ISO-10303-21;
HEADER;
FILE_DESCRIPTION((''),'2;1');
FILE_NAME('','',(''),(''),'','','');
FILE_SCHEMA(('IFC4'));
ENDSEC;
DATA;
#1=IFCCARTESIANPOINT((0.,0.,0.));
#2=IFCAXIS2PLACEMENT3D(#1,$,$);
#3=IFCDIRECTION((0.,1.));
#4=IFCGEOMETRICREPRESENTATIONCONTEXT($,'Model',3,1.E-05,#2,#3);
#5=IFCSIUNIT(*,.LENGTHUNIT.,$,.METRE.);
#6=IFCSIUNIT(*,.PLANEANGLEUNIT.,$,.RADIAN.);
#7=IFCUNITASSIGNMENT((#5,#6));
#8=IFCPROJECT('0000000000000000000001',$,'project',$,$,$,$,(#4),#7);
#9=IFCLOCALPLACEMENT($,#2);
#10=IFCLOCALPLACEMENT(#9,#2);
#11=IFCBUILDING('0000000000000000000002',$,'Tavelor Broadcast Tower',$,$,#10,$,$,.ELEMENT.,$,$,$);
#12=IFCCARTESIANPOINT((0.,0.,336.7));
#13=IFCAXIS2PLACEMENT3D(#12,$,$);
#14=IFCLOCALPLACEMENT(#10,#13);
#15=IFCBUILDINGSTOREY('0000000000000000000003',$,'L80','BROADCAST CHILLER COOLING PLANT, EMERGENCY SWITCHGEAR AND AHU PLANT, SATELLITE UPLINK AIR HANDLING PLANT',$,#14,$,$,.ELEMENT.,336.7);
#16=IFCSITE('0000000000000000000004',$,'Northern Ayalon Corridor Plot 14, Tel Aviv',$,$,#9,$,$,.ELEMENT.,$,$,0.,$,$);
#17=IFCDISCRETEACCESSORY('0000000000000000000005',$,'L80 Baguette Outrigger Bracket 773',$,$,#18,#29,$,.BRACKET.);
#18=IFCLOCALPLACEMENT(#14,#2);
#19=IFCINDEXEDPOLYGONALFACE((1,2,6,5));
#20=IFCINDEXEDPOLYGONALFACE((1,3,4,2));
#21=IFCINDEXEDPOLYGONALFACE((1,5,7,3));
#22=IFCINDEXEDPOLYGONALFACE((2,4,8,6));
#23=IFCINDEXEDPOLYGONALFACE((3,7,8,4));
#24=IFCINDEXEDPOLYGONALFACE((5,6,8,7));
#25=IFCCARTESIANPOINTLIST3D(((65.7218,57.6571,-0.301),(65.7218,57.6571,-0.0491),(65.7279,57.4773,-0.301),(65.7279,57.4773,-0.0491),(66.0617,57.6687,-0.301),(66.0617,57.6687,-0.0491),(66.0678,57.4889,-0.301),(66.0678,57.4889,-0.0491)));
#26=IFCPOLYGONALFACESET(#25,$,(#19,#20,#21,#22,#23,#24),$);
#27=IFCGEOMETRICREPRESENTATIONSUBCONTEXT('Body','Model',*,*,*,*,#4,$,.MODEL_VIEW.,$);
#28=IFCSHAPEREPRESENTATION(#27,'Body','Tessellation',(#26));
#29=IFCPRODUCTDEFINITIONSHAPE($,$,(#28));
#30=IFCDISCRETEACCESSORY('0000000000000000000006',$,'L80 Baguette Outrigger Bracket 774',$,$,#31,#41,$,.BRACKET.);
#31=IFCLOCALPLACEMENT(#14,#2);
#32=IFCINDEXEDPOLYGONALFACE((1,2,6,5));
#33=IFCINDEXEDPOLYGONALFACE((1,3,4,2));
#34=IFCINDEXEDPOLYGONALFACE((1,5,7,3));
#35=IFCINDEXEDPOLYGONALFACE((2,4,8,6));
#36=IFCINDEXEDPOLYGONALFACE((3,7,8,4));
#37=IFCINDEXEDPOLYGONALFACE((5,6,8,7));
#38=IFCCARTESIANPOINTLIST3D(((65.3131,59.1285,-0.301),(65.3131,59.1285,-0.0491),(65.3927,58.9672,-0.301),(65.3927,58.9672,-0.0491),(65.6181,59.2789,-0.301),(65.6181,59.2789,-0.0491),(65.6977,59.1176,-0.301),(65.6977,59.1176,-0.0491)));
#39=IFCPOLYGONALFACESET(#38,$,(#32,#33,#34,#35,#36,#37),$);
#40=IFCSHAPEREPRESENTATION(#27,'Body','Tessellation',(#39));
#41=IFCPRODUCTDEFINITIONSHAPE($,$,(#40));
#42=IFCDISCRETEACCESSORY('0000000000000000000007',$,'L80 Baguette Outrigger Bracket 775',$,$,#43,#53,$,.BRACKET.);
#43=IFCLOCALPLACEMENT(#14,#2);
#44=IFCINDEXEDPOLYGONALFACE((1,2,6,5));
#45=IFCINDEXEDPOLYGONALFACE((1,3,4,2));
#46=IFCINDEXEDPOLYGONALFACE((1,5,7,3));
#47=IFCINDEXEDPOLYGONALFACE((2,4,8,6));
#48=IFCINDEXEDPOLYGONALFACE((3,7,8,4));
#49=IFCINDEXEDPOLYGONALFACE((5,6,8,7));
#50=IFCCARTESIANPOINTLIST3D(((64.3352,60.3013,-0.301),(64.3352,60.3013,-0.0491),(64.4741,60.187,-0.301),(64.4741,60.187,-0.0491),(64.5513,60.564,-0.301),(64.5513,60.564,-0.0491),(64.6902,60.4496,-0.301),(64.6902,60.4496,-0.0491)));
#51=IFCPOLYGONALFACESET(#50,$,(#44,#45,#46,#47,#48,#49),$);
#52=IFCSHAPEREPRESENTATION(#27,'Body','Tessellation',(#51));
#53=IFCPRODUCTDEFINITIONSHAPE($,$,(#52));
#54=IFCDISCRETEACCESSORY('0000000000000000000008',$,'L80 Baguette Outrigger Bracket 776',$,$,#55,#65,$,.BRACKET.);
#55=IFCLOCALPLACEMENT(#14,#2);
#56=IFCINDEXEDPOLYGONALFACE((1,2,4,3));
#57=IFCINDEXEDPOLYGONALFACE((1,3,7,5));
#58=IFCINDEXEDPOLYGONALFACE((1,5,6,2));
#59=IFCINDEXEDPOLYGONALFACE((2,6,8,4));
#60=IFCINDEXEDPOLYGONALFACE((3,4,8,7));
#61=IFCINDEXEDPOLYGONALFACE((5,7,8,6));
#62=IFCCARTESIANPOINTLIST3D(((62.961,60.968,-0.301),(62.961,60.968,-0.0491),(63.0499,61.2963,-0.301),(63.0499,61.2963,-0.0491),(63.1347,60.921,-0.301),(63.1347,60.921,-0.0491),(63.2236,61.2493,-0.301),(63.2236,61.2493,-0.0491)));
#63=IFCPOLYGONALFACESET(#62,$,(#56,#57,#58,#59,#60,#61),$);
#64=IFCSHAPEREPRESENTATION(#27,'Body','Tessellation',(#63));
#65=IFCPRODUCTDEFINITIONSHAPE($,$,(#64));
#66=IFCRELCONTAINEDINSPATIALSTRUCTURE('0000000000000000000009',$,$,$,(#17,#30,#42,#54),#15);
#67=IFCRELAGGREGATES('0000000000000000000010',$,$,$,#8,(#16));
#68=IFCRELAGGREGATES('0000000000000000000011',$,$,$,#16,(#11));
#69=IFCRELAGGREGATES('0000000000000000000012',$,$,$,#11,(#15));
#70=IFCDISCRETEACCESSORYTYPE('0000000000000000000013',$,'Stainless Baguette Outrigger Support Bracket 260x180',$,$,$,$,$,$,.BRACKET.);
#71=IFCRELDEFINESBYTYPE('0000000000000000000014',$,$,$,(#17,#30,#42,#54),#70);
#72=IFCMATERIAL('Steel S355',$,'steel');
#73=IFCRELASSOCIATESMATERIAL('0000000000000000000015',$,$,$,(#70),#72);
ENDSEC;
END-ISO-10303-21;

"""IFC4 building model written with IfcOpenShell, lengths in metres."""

from ifc_helpers import new_model, si_unit, direction, frame, origin, origin_2d, place, context, subcontext, project, spatial, rectangle, extrude, source, transform, mapped, material, type_object, type_shapes, element, save


model = new_model("IFC4")

# Units and contexts
model_context = context("Model", 3, precision=1e-05, world=origin(), true_north=direction((0.0, 1.0)))
body_context = subcontext(model_context, "Body", "Model", "MODEL_VIEW")
ifc_project = project(units=[si_unit("LENGTHUNIT", "METRE"), si_unit("PLANEANGLEUNIT", "RADIAN")], contexts=[model_context])

# Site, building, storey
site_placement = place(None, origin())
site = spatial("IfcSite", under=ifc_project, at=site_placement, Name="Northern Ayalon Corridor Plot 14, Tel Aviv", CompositionType="ELEMENT", RefElevation=0.0)
building_placement = place(site_placement, origin())
building = spatial("IfcBuilding", under=site, at=building_placement, Name="Tavelor Broadcast Tower", CompositionType="ELEMENT")
storey_placement = place(building_placement, frame((0.0, 0.0, 336.7)))
storey = spatial("IfcBuildingStorey", under=building, at=storey_placement, Name="L80", Description="BROADCAST CHILLER COOLING PLANT, EMERGENCY SWITCHGEAR AND AHU PLANT, SATELLITE UPLINK AIR HANDLING PLANT", CompositionType="ELEMENT", Elevation=336.7)

# Discrete accessories
ifc_material_1 = material(Name="Steel S355", Category="steel")
discrete_accessory_type = type_object("IfcDiscreteAccessoryType", Name="Stainless Baguette Outrigger Support Bracket 260x180", PredefinedType="BRACKET", material=ifc_material_1)
shared_shape_1 = source(origin(), body_context, "Body", "SweptSolid", [
    extrude(rectangle(XDim=0.1799, YDim=0.3401, at=origin_2d()), origin(), (0.0, 0.0, 1.0), 0.252),
])
type_shapes(discrete_accessory_type, [shared_shape_1])
for number, where, z_axis, x_axis, name in (
    (1, (65.8948, 57.573, -0.301), (0.0, 0.0, 1.0), (-0.034027, 0.999421, 0.0), "L80 Baguette Outrigger Bracket 773"),
    (2, (65.5054, 59.123, -0.301), (0.0, 0.0, 1.0), (-0.442289, 0.896873, 0.0), "L80 Baguette Outrigger Bracket 774"),
    (3, (64.5127, 60.3755, -0.301), (0.0, 0.0, 1.0), (-0.772179, 0.635405, 0.0), "L80 Baguette Outrigger Bracket 775"),
    (4, (63.0923, 61.1086, -0.301), (0.0, 0.0, 1.0), (-0.965245, 0.261347, 0.0), "L80 Baguette Outrigger Bracket 776"),
):
    element("IfcDiscreteAccessory", number, at=place(storey_placement, frame(where, z_axis=z_axis, x_axis=x_axis)), inside=storey, type_object=discrete_accessory_type, Name=name, PredefinedType="BRACKET", context=body_context, shape_type="MappedRepresentation", body=[
        mapped(shared_shape_1, transform((0.0, 0.0, 0.0), scale=1.0)),
    ])

save(model, "model.ifc")
